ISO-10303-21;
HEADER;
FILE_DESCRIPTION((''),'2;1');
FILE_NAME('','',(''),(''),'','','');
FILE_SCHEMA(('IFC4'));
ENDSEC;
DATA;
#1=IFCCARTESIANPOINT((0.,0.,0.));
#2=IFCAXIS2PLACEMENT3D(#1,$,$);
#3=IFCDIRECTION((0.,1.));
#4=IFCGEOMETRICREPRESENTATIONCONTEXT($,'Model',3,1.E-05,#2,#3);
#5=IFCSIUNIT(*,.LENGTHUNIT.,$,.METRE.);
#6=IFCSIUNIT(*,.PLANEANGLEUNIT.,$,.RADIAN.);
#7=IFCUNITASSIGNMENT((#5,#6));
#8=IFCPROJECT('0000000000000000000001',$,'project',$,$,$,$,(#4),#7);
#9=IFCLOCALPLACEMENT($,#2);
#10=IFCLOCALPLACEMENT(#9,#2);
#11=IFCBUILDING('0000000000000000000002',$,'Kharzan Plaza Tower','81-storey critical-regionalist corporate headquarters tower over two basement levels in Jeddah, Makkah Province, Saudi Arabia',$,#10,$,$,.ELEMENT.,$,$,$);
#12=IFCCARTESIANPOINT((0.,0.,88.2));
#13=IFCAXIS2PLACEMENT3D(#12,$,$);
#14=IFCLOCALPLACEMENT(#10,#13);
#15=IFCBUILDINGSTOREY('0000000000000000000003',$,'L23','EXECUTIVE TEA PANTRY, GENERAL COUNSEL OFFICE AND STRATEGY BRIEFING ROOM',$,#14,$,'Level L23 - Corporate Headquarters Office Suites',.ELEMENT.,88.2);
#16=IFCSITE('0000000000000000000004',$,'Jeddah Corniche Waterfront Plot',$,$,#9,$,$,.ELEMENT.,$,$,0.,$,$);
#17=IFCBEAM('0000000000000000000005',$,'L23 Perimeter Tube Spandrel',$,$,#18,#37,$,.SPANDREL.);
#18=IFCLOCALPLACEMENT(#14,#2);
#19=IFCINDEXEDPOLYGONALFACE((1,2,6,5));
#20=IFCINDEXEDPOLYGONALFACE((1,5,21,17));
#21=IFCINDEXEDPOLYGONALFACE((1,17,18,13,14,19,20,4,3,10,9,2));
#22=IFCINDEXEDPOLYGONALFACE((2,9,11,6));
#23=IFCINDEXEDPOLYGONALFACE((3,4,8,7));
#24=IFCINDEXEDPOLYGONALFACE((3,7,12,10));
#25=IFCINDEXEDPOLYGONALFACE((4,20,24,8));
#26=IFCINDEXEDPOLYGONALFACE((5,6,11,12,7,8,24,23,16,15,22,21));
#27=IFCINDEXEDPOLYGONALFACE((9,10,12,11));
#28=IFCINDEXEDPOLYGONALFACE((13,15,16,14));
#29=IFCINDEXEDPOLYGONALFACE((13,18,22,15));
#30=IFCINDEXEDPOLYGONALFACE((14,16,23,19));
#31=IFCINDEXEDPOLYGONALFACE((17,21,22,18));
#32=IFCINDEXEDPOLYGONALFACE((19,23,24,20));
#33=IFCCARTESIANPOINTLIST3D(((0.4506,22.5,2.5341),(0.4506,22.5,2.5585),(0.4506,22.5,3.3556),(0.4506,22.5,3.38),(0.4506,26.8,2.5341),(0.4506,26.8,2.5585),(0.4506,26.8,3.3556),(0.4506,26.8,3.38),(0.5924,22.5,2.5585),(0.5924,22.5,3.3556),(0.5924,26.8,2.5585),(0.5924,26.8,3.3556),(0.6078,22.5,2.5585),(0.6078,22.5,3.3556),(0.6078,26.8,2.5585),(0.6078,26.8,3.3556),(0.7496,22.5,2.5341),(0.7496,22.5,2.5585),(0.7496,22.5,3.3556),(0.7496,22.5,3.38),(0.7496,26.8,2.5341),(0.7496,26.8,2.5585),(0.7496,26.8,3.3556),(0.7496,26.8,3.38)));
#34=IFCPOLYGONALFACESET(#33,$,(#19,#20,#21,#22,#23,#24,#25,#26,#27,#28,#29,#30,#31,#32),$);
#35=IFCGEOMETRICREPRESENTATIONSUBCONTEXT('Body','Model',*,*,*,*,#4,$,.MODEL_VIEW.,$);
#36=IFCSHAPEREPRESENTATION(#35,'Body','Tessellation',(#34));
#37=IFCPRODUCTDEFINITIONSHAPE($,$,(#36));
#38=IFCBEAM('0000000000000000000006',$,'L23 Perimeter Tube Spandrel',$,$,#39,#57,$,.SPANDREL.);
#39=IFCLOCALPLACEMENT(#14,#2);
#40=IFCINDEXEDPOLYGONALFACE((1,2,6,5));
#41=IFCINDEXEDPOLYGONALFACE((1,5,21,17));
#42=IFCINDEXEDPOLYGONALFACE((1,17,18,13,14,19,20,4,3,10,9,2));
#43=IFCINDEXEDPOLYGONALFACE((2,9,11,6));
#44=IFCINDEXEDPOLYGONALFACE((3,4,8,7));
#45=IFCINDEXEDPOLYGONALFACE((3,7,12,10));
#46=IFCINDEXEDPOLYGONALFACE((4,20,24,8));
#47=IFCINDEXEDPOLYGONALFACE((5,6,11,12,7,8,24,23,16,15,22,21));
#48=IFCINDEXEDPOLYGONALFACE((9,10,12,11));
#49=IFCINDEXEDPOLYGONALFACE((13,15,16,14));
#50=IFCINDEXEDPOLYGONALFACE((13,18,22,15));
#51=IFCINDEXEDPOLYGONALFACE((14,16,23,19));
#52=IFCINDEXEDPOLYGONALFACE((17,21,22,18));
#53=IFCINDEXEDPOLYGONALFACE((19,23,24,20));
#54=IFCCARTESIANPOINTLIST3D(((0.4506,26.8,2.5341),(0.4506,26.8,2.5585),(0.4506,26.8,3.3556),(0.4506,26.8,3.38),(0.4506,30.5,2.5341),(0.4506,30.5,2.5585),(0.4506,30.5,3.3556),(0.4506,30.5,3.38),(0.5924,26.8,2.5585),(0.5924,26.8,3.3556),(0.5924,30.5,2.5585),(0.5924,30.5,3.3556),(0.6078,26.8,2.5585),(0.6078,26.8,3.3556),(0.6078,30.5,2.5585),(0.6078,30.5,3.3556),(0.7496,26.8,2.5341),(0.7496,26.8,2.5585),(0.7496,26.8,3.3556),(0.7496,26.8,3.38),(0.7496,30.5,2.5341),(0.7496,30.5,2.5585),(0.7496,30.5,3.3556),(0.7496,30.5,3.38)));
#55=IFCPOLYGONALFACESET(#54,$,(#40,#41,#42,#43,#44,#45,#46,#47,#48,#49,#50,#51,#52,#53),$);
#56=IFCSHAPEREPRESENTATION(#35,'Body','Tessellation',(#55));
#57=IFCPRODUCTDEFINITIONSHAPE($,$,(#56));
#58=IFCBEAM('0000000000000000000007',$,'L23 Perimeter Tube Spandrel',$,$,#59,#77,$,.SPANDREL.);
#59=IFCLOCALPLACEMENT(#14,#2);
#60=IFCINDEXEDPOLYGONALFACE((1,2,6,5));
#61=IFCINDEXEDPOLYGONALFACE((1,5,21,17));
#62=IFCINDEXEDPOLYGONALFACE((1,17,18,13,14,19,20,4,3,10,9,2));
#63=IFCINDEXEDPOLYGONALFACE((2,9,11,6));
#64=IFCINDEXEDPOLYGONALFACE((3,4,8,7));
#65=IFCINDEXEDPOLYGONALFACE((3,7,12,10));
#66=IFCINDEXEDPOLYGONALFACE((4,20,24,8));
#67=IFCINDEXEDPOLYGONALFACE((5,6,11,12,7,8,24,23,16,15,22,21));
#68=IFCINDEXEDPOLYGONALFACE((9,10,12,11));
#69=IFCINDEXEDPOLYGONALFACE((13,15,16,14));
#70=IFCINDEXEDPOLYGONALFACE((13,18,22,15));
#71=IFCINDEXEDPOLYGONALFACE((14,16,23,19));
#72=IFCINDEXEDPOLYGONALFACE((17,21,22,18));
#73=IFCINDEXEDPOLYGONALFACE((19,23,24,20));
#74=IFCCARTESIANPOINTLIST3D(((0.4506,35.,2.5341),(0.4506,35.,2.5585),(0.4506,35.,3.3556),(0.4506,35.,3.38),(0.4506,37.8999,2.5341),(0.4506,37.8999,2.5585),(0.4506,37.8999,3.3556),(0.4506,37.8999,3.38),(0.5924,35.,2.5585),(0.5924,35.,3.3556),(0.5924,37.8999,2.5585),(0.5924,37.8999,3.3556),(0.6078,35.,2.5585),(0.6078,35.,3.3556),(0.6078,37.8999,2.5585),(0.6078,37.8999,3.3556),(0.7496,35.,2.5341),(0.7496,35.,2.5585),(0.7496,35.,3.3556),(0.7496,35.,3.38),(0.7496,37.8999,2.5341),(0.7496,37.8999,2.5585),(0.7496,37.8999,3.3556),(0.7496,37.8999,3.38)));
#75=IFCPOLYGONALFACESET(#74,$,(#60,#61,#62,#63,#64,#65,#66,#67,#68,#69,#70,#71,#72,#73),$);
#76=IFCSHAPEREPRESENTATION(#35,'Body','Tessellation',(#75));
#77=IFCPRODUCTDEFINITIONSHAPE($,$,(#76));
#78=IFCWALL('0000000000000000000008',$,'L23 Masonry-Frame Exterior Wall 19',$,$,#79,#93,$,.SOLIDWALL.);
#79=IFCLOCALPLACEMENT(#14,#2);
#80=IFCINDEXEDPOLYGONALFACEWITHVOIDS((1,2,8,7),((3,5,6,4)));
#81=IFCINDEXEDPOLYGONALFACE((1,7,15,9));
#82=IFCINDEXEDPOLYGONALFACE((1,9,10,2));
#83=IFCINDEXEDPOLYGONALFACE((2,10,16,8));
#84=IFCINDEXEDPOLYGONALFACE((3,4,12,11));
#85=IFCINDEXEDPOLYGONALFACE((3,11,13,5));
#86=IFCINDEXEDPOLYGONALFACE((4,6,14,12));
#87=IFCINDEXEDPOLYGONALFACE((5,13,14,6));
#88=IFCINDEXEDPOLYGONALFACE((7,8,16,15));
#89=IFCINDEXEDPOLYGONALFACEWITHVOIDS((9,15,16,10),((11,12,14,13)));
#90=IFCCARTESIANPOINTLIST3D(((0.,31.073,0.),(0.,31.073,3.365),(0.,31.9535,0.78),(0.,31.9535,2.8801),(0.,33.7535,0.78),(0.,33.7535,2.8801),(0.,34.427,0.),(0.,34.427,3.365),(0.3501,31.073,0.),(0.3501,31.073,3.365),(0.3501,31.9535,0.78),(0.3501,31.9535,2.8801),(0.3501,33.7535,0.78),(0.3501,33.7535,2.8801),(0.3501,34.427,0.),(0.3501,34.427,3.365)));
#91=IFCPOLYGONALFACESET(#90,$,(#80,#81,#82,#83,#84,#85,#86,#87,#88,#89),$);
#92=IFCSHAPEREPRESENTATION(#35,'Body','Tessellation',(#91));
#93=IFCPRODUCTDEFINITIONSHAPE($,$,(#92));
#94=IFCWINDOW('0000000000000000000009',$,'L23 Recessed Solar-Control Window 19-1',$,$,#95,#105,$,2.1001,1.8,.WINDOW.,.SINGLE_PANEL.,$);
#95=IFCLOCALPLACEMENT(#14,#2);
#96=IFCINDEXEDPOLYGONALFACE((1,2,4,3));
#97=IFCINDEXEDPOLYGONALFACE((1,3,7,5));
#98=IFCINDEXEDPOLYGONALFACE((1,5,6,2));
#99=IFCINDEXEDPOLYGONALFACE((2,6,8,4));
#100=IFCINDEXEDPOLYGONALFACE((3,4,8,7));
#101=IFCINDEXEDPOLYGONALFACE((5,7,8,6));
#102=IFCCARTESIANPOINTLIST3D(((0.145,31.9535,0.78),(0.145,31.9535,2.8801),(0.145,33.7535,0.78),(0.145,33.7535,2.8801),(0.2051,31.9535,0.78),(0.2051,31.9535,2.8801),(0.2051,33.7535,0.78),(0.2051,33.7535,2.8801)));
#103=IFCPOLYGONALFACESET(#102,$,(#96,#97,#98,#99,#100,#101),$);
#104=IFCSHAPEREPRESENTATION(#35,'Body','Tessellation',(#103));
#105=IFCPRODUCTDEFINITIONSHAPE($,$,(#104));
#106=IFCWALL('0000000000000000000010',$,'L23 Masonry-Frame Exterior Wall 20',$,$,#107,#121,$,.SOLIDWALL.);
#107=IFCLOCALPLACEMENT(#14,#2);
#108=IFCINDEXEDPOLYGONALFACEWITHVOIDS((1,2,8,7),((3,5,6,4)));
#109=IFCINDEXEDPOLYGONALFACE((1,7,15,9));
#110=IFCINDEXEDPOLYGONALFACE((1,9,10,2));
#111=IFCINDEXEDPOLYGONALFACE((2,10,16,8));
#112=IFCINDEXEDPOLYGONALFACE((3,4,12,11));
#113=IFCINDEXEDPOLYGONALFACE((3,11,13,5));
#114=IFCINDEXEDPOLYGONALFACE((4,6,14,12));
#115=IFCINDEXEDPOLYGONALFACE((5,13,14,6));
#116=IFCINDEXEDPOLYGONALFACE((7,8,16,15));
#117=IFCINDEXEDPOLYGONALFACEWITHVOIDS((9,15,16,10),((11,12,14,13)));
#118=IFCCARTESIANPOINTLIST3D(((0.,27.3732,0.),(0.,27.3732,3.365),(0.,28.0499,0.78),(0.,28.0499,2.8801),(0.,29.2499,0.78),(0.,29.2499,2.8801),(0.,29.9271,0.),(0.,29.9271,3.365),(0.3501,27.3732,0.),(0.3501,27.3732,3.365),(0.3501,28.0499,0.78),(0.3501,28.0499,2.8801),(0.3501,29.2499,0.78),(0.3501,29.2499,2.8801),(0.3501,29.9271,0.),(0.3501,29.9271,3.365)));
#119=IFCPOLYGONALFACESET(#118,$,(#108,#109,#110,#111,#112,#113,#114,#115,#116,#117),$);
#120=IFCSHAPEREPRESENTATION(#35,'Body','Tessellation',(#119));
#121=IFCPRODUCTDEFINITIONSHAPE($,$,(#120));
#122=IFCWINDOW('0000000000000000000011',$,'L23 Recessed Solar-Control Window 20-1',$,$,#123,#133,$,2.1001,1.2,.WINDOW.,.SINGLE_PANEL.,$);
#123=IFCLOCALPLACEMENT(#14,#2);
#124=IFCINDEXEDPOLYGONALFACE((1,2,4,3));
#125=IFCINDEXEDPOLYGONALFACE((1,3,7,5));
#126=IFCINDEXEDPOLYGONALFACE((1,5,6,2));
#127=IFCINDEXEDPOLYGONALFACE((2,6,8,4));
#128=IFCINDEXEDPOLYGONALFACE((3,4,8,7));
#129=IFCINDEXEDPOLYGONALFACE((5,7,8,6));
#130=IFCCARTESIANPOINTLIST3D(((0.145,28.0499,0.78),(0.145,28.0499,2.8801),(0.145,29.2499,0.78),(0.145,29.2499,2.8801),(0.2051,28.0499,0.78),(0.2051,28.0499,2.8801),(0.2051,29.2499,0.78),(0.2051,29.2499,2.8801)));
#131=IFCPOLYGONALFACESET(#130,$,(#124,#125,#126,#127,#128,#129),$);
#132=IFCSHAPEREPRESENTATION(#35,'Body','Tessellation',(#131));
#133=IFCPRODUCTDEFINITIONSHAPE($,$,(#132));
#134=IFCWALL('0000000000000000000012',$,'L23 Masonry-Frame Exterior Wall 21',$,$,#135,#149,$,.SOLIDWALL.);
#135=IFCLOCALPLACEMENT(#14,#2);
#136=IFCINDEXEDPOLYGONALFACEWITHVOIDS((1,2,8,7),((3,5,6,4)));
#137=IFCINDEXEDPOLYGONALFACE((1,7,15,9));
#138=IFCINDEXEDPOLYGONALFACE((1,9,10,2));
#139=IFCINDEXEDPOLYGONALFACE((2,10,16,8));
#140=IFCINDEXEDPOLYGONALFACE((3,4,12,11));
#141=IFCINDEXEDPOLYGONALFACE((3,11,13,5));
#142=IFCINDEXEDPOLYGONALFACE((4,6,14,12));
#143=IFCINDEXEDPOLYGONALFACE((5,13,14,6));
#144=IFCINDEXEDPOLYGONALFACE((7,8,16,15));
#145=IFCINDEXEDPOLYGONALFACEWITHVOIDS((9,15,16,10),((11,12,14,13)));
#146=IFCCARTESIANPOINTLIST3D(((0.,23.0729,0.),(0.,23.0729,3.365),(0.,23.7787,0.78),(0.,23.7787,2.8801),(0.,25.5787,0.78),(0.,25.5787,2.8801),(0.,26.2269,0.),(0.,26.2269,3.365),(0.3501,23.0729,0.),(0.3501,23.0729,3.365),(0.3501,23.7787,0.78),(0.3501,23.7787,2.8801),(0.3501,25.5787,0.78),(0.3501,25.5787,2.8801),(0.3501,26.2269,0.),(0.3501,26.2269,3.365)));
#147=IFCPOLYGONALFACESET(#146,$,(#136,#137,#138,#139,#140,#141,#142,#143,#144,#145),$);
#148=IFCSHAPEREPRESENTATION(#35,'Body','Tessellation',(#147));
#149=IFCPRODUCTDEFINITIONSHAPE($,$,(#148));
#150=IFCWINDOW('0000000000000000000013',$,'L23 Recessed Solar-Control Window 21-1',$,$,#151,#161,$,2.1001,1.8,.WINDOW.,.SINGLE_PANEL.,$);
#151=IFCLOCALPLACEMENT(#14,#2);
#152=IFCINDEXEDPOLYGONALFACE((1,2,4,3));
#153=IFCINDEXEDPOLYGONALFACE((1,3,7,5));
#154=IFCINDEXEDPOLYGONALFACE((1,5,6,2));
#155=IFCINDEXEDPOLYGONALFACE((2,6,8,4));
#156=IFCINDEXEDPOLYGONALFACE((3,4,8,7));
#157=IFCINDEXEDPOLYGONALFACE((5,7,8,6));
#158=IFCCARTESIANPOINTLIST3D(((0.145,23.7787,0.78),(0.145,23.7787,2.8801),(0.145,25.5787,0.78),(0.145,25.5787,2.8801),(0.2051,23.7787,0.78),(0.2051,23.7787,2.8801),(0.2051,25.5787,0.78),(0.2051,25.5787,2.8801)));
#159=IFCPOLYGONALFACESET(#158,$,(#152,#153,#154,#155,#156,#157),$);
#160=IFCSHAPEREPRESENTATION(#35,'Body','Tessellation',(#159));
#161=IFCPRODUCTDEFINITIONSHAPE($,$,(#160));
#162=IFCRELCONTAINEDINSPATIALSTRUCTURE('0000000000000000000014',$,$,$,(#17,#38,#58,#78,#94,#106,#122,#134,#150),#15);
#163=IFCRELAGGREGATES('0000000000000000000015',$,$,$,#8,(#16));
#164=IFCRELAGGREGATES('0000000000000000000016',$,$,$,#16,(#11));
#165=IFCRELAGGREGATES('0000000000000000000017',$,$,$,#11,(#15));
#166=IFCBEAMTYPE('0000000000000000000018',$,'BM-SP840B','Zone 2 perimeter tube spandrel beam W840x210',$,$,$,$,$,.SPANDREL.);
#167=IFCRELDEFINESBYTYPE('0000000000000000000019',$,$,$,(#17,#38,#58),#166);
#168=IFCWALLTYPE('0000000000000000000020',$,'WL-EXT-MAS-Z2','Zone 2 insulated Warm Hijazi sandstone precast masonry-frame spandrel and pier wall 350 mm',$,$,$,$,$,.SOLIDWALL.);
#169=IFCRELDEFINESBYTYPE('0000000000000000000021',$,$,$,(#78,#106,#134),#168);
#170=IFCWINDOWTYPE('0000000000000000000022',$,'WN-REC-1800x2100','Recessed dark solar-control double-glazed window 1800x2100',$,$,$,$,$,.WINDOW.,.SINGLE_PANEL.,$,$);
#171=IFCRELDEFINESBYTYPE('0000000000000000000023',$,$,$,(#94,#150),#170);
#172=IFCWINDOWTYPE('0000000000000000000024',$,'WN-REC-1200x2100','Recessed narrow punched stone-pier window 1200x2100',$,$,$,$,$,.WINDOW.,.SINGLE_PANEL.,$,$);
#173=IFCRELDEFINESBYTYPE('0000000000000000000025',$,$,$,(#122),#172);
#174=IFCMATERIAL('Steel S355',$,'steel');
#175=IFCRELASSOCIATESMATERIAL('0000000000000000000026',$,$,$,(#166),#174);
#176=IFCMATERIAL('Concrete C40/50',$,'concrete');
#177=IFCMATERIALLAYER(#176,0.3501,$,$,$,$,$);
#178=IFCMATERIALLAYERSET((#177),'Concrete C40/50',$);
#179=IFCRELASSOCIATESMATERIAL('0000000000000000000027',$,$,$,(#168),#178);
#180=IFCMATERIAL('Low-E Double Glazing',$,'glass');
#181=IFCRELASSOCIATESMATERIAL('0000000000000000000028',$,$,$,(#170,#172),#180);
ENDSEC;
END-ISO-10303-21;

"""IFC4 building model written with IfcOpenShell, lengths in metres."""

from ifc_helpers import new_model, si_unit, direction, frame, frame_2d, origin, origin_2d, place, context, subcontext, project, spatial, rectangle, i_section, extrude, source, transform, mapped, material, layer, layer_set, material_profile, profile_set, type_object, element, fill, save


model = new_model("IFC4")

# Units and contexts
model_context = context("Model", 3, precision=1e-05, world=origin(), true_north=direction((0.0, 1.0)))
body_context = subcontext(model_context, "Body", "Model", "MODEL_VIEW")
ifc_project = project(units=[si_unit("LENGTHUNIT", "METRE"), si_unit("PLANEANGLEUNIT", "RADIAN")], contexts=[model_context])

# Site, building, storey
site_placement = place(None, origin())
site = spatial("IfcSite", under=ifc_project, at=site_placement, Name="Jeddah Corniche Waterfront Plot", CompositionType="ELEMENT", RefElevation=0.0)
building_placement = place(site_placement, origin())
building = spatial("IfcBuilding", under=site, at=building_placement, Name="Kharzan Plaza Tower", Description="81-storey critical-regionalist corporate headquarters tower over two basement levels in Jeddah, Makkah Province, Saudi Arabia", CompositionType="ELEMENT")
storey_placement = place(building_placement, frame((0.0, 0.0, 88.2)))
storey = spatial("IfcBuildingStorey", under=building, at=storey_placement, Name="L23", Description="EXECUTIVE TEA PANTRY, GENERAL COUNSEL OFFICE AND STRATEGY BRIEFING ROOM", LongName="Level L23 - Corporate Headquarters Office Suites", CompositionType="ELEMENT", Elevation=88.2)

# Beams
ifc_material_1 = material(Name="Steel S355", Category="steel")
ifc_material_profile_1 = material_profile(ifc_material_1, i_section(OverallWidth=0.2991, OverallDepth=0.8459, WebThickness=0.0154, FlangeThickness=0.0244, at=origin_2d()), Name="W840x210")
ifc_profile_set_1 = profile_set([ifc_material_profile_1], Name="Steel S355")
beam_type_1 = type_object("IfcBeamType", Name="BM-SP840B", Description="Zone 2 perimeter tube spandrel beam W840x210", PredefinedType="SPANDREL", material=ifc_profile_set_1)
shared_shape_1 = source(origin(), body_context, "Body", "SweptSolid", [
    extrude(i_section(OverallWidth=0.2991, OverallDepth=0.8459, WebThickness=0.0154, FlangeThickness=0.0244, at=origin_2d()), origin(), (0.0, 0.0, 1.0), 4.3),
])
beam_1_placement = place(storey_placement, frame((0.6001, 22.5, 2.957), z_axis=(0.0, 1.0, 0.0), x_axis=(-1.0, 0.0, 0.0)))
element("IfcBeam", 1, at=beam_1_placement, inside=storey, type_object=beam_type_1, Name="L23 Perimeter Tube Spandrel", PredefinedType="SPANDREL", context=body_context, shape_type="MappedRepresentation", body=[
    mapped(shared_shape_1, transform((0.0, 0.0, 0.0), x_axis=(1.0, 0.0, 0.0), y_axis=(0.0, 1.0, 0.0), z_axis=(0.0, 0.0, 1.0))),
])
shared_shape_2 = source(origin(), body_context, "Body", "SweptSolid", [
    extrude(i_section(OverallWidth=0.2991, OverallDepth=0.8459, WebThickness=0.0154, FlangeThickness=0.0244, at=origin_2d()), origin(), (0.0, 0.0, 1.0), 3.7),
])
beam_2_placement = place(storey_placement, frame((0.6001, 26.8, 2.957), z_axis=(0.0, 1.0, 0.0), x_axis=(-1.0, 0.0, 0.0)))
element("IfcBeam", 2, at=beam_2_placement, inside=storey, type_object=beam_type_1, Name="L23 Perimeter Tube Spandrel", PredefinedType="SPANDREL", context=body_context, shape_type="MappedRepresentation", body=[
    mapped(shared_shape_2, transform((0.0, 0.0, 0.0), x_axis=(1.0, 0.0, 0.0), y_axis=(0.0, 1.0, 0.0), z_axis=(0.0, 0.0, 1.0))),
])
shared_shape_3 = source(origin(), body_context, "Body", "SweptSolid", [
    extrude(i_section(OverallWidth=0.2991, OverallDepth=0.8459, WebThickness=0.0154, FlangeThickness=0.0244, at=origin_2d()), origin(), (0.0, 0.0, 1.0), 2.8999),
])
beam_3_placement = place(storey_placement, frame((0.6001, 35.0, 2.957), z_axis=(0.0, 1.0, 0.0), x_axis=(-1.0, 0.0, 0.0)))
element("IfcBeam", 3, at=beam_3_placement, inside=storey, type_object=beam_type_1, Name="L23 Perimeter Tube Spandrel", PredefinedType="SPANDREL", context=body_context, shape_type="MappedRepresentation", body=[
    mapped(shared_shape_3, transform((0.0, 0.0, 0.0), x_axis=(1.0, 0.0, 0.0), y_axis=(0.0, 1.0, 0.0), z_axis=(0.0, 0.0, 1.0))),
])

# Walls, openings, windows
ifc_material_2 = material(Name="Concrete C40/50", Category="concrete")
ifc_layer_1 = layer(ifc_material_2, 0.3501)
ifc_layer_set_1 = layer_set([ifc_layer_1], Name="Concrete C40/50")
wall_type_1 = type_object("IfcWallType", Name="WL-EXT-MAS-Z2", Description="Zone 2 insulated Warm Hijazi sandstone precast masonry-frame spandrel and pier wall 350 mm", PredefinedType="SOLIDWALL", material=ifc_layer_set_1)
wall_1_placement = place(storey_placement, frame((0.175, 34.427, 0.0), z_axis=(0.0, 0.0, 1.0), x_axis=(0.0, -1.0, 0.0)))
wall_1 = element("IfcWall", 4, at=wall_1_placement, inside=storey, type_object=wall_type_1, Name="L23 Masonry-Frame Exterior Wall 19", PredefinedType="SOLIDWALL", context=body_context, shape_type="SweptSolid", body=[
    extrude(rectangle(XDim=3.354, YDim=0.3501, at=frame_2d((1.677, 0.0))), origin(), (0.0, 0.0, 1.0), 3.365),
])
opening_1_placement = place(wall_1_placement, frame((0.6736, 0.0, 0.78)))
opening_1 = element("IfcOpeningElement", 5, at=opening_1_placement, cuts=wall_1, PredefinedType="OPENING", context=body_context, shape_type="SweptSolid", body=[
    extrude(rectangle(XDim=1.8, YDim=2.1001, at=frame_2d((0.8999, 1.05))), frame((0.0, 0.1851, 0.0), z_axis=(0.0, -1.0, 0.0), x_axis=(1.0, 0.0, 0.0)), (0.0, 0.0, 1.0), 0.3701),
])
ifc_material_3 = material(Name="Low-E Double Glazing", Category="glass")
window_type_1 = type_object("IfcWindowType", Name="WN-REC-1800x2100", Description="Recessed dark solar-control double-glazed window 1800x2100", PartitioningType="SINGLE_PANEL", PredefinedType="WINDOW", material=ifc_material_3)
shared_shape_4 = source(origin(), body_context, "Body", "SweptSolid", [
    extrude(rectangle(XDim=1.8, YDim=2.1001, at=frame_2d((0.8999, 1.05))), frame((0.0, 0.03, 0.0), z_axis=(0.0, -1.0, 0.0), x_axis=(1.0, 0.0, 0.0)), (0.0, 0.0, 1.0), 0.0601),
])
window_1_placement = place(opening_1_placement, origin())
window_1 = element("IfcWindow", 6, at=window_1_placement, inside=storey, type_object=window_type_1, Name="L23 Recessed Solar-Control Window 19-1", OverallHeight=2.1001, OverallWidth=1.8, PartitioningType="SINGLE_PANEL", PredefinedType="WINDOW", context=body_context, shape_type="MappedRepresentation", body=[
    mapped(shared_shape_4, transform((0.0, 0.0, 0.0), x_axis=(1.0, 0.0, 0.0), y_axis=(0.0, 1.0, 0.0), z_axis=(0.0, 0.0, 1.0))),
])
fill(opening_1, window_1)
wall_2_placement = place(storey_placement, frame((0.175, 29.927, 0.0), z_axis=(0.0, 0.0, 1.0), x_axis=(0.0, -1.0, 0.0)))
wall_2 = element("IfcWall", 7, at=wall_2_placement, inside=storey, type_object=wall_type_1, Name="L23 Masonry-Frame Exterior Wall 20", PredefinedType="SOLIDWALL", context=body_context, shape_type="SweptSolid", body=[
    extrude(rectangle(XDim=2.554, YDim=0.3501, at=frame_2d((1.2769, 0.0))), origin(), (0.0, 0.0, 1.0), 3.365),
])
opening_2_placement = place(wall_2_placement, frame((0.677, 0.0, 0.78)))
opening_2 = element("IfcOpeningElement", 8, at=opening_2_placement, cuts=wall_2, PredefinedType="OPENING", context=body_context, shape_type="SweptSolid", body=[
    extrude(rectangle(XDim=1.2, YDim=2.1001, at=frame_2d((0.6001, 1.05))), frame((0.0, 0.1851, 0.0), z_axis=(0.0, -1.0, 0.0), x_axis=(1.0, 0.0, 0.0)), (0.0, 0.0, 1.0), 0.3701),
])
window_type_2 = type_object("IfcWindowType", Name="WN-REC-1200x2100", Description="Recessed narrow punched stone-pier window 1200x2100", PartitioningType="SINGLE_PANEL", PredefinedType="WINDOW", material=ifc_material_3)
shared_shape_5 = source(origin(), body_context, "Body", "SweptSolid", [
    extrude(rectangle(XDim=1.2, YDim=2.1001, at=frame_2d((0.6001, 1.05))), frame((0.0, 0.03, 0.0), z_axis=(0.0, -1.0, 0.0), x_axis=(1.0, 0.0, 0.0)), (0.0, 0.0, 1.0), 0.0601),
])
window_2_placement = place(opening_2_placement, origin())
window_2 = element("IfcWindow", 9, at=window_2_placement, inside=storey, type_object=window_type_2, Name="L23 Recessed Solar-Control Window 20-1", OverallHeight=2.1001, OverallWidth=1.2, PartitioningType="SINGLE_PANEL", PredefinedType="WINDOW", context=body_context, shape_type="MappedRepresentation", body=[
    mapped(shared_shape_5, transform((0.0, 0.0, 0.0), x_axis=(1.0, 0.0, 0.0), y_axis=(0.0, 1.0, 0.0), z_axis=(0.0, 0.0, 1.0))),
])
fill(opening_2, window_2)
wall_3_placement = place(storey_placement, frame((0.175, 26.2271, 0.0), z_axis=(0.0, 0.0, 1.0), x_axis=(0.0, -1.0, 0.0)))
wall_3 = element("IfcWall", 10, at=wall_3_placement, inside=storey, type_object=wall_type_1, Name="L23 Masonry-Frame Exterior Wall 21", PredefinedType="SOLIDWALL", context=body_context, shape_type="SweptSolid", body=[
    extrude(rectangle(XDim=3.1541, YDim=0.3501, at=frame_2d((1.5771, 0.0))), origin(), (0.0, 0.0, 1.0), 3.365),
])
opening_3_placement = place(wall_3_placement, frame((0.6484, 0.0, 0.78)))
opening_3 = element("IfcOpeningElement", 11, at=opening_3_placement, cuts=wall_3, PredefinedType="OPENING", context=body_context, shape_type="SweptSolid", body=[
    extrude(rectangle(XDim=1.8, YDim=2.1001, at=frame_2d((0.8999, 1.05))), frame((0.0, 0.1851, 0.0), z_axis=(0.0, -1.0, 0.0), x_axis=(1.0, 0.0, 0.0)), (0.0, 0.0, 1.0), 0.3701),
])
window_3_placement = place(opening_3_placement, origin())
window_3 = element("IfcWindow", 12, at=window_3_placement, inside=storey, type_object=window_type_1, Name="L23 Recessed Solar-Control Window 21-1", OverallHeight=2.1001, OverallWidth=1.8, PartitioningType="SINGLE_PANEL", PredefinedType="WINDOW", context=body_context, shape_type="MappedRepresentation", body=[
    mapped(shared_shape_4, transform((0.0, 0.0, 0.0), x_axis=(1.0, 0.0, 0.0), y_axis=(0.0, 1.0, 0.0), z_axis=(0.0, 0.0, 1.0))),
])
fill(opening_3, window_3)

save(model, "model.ifc")
